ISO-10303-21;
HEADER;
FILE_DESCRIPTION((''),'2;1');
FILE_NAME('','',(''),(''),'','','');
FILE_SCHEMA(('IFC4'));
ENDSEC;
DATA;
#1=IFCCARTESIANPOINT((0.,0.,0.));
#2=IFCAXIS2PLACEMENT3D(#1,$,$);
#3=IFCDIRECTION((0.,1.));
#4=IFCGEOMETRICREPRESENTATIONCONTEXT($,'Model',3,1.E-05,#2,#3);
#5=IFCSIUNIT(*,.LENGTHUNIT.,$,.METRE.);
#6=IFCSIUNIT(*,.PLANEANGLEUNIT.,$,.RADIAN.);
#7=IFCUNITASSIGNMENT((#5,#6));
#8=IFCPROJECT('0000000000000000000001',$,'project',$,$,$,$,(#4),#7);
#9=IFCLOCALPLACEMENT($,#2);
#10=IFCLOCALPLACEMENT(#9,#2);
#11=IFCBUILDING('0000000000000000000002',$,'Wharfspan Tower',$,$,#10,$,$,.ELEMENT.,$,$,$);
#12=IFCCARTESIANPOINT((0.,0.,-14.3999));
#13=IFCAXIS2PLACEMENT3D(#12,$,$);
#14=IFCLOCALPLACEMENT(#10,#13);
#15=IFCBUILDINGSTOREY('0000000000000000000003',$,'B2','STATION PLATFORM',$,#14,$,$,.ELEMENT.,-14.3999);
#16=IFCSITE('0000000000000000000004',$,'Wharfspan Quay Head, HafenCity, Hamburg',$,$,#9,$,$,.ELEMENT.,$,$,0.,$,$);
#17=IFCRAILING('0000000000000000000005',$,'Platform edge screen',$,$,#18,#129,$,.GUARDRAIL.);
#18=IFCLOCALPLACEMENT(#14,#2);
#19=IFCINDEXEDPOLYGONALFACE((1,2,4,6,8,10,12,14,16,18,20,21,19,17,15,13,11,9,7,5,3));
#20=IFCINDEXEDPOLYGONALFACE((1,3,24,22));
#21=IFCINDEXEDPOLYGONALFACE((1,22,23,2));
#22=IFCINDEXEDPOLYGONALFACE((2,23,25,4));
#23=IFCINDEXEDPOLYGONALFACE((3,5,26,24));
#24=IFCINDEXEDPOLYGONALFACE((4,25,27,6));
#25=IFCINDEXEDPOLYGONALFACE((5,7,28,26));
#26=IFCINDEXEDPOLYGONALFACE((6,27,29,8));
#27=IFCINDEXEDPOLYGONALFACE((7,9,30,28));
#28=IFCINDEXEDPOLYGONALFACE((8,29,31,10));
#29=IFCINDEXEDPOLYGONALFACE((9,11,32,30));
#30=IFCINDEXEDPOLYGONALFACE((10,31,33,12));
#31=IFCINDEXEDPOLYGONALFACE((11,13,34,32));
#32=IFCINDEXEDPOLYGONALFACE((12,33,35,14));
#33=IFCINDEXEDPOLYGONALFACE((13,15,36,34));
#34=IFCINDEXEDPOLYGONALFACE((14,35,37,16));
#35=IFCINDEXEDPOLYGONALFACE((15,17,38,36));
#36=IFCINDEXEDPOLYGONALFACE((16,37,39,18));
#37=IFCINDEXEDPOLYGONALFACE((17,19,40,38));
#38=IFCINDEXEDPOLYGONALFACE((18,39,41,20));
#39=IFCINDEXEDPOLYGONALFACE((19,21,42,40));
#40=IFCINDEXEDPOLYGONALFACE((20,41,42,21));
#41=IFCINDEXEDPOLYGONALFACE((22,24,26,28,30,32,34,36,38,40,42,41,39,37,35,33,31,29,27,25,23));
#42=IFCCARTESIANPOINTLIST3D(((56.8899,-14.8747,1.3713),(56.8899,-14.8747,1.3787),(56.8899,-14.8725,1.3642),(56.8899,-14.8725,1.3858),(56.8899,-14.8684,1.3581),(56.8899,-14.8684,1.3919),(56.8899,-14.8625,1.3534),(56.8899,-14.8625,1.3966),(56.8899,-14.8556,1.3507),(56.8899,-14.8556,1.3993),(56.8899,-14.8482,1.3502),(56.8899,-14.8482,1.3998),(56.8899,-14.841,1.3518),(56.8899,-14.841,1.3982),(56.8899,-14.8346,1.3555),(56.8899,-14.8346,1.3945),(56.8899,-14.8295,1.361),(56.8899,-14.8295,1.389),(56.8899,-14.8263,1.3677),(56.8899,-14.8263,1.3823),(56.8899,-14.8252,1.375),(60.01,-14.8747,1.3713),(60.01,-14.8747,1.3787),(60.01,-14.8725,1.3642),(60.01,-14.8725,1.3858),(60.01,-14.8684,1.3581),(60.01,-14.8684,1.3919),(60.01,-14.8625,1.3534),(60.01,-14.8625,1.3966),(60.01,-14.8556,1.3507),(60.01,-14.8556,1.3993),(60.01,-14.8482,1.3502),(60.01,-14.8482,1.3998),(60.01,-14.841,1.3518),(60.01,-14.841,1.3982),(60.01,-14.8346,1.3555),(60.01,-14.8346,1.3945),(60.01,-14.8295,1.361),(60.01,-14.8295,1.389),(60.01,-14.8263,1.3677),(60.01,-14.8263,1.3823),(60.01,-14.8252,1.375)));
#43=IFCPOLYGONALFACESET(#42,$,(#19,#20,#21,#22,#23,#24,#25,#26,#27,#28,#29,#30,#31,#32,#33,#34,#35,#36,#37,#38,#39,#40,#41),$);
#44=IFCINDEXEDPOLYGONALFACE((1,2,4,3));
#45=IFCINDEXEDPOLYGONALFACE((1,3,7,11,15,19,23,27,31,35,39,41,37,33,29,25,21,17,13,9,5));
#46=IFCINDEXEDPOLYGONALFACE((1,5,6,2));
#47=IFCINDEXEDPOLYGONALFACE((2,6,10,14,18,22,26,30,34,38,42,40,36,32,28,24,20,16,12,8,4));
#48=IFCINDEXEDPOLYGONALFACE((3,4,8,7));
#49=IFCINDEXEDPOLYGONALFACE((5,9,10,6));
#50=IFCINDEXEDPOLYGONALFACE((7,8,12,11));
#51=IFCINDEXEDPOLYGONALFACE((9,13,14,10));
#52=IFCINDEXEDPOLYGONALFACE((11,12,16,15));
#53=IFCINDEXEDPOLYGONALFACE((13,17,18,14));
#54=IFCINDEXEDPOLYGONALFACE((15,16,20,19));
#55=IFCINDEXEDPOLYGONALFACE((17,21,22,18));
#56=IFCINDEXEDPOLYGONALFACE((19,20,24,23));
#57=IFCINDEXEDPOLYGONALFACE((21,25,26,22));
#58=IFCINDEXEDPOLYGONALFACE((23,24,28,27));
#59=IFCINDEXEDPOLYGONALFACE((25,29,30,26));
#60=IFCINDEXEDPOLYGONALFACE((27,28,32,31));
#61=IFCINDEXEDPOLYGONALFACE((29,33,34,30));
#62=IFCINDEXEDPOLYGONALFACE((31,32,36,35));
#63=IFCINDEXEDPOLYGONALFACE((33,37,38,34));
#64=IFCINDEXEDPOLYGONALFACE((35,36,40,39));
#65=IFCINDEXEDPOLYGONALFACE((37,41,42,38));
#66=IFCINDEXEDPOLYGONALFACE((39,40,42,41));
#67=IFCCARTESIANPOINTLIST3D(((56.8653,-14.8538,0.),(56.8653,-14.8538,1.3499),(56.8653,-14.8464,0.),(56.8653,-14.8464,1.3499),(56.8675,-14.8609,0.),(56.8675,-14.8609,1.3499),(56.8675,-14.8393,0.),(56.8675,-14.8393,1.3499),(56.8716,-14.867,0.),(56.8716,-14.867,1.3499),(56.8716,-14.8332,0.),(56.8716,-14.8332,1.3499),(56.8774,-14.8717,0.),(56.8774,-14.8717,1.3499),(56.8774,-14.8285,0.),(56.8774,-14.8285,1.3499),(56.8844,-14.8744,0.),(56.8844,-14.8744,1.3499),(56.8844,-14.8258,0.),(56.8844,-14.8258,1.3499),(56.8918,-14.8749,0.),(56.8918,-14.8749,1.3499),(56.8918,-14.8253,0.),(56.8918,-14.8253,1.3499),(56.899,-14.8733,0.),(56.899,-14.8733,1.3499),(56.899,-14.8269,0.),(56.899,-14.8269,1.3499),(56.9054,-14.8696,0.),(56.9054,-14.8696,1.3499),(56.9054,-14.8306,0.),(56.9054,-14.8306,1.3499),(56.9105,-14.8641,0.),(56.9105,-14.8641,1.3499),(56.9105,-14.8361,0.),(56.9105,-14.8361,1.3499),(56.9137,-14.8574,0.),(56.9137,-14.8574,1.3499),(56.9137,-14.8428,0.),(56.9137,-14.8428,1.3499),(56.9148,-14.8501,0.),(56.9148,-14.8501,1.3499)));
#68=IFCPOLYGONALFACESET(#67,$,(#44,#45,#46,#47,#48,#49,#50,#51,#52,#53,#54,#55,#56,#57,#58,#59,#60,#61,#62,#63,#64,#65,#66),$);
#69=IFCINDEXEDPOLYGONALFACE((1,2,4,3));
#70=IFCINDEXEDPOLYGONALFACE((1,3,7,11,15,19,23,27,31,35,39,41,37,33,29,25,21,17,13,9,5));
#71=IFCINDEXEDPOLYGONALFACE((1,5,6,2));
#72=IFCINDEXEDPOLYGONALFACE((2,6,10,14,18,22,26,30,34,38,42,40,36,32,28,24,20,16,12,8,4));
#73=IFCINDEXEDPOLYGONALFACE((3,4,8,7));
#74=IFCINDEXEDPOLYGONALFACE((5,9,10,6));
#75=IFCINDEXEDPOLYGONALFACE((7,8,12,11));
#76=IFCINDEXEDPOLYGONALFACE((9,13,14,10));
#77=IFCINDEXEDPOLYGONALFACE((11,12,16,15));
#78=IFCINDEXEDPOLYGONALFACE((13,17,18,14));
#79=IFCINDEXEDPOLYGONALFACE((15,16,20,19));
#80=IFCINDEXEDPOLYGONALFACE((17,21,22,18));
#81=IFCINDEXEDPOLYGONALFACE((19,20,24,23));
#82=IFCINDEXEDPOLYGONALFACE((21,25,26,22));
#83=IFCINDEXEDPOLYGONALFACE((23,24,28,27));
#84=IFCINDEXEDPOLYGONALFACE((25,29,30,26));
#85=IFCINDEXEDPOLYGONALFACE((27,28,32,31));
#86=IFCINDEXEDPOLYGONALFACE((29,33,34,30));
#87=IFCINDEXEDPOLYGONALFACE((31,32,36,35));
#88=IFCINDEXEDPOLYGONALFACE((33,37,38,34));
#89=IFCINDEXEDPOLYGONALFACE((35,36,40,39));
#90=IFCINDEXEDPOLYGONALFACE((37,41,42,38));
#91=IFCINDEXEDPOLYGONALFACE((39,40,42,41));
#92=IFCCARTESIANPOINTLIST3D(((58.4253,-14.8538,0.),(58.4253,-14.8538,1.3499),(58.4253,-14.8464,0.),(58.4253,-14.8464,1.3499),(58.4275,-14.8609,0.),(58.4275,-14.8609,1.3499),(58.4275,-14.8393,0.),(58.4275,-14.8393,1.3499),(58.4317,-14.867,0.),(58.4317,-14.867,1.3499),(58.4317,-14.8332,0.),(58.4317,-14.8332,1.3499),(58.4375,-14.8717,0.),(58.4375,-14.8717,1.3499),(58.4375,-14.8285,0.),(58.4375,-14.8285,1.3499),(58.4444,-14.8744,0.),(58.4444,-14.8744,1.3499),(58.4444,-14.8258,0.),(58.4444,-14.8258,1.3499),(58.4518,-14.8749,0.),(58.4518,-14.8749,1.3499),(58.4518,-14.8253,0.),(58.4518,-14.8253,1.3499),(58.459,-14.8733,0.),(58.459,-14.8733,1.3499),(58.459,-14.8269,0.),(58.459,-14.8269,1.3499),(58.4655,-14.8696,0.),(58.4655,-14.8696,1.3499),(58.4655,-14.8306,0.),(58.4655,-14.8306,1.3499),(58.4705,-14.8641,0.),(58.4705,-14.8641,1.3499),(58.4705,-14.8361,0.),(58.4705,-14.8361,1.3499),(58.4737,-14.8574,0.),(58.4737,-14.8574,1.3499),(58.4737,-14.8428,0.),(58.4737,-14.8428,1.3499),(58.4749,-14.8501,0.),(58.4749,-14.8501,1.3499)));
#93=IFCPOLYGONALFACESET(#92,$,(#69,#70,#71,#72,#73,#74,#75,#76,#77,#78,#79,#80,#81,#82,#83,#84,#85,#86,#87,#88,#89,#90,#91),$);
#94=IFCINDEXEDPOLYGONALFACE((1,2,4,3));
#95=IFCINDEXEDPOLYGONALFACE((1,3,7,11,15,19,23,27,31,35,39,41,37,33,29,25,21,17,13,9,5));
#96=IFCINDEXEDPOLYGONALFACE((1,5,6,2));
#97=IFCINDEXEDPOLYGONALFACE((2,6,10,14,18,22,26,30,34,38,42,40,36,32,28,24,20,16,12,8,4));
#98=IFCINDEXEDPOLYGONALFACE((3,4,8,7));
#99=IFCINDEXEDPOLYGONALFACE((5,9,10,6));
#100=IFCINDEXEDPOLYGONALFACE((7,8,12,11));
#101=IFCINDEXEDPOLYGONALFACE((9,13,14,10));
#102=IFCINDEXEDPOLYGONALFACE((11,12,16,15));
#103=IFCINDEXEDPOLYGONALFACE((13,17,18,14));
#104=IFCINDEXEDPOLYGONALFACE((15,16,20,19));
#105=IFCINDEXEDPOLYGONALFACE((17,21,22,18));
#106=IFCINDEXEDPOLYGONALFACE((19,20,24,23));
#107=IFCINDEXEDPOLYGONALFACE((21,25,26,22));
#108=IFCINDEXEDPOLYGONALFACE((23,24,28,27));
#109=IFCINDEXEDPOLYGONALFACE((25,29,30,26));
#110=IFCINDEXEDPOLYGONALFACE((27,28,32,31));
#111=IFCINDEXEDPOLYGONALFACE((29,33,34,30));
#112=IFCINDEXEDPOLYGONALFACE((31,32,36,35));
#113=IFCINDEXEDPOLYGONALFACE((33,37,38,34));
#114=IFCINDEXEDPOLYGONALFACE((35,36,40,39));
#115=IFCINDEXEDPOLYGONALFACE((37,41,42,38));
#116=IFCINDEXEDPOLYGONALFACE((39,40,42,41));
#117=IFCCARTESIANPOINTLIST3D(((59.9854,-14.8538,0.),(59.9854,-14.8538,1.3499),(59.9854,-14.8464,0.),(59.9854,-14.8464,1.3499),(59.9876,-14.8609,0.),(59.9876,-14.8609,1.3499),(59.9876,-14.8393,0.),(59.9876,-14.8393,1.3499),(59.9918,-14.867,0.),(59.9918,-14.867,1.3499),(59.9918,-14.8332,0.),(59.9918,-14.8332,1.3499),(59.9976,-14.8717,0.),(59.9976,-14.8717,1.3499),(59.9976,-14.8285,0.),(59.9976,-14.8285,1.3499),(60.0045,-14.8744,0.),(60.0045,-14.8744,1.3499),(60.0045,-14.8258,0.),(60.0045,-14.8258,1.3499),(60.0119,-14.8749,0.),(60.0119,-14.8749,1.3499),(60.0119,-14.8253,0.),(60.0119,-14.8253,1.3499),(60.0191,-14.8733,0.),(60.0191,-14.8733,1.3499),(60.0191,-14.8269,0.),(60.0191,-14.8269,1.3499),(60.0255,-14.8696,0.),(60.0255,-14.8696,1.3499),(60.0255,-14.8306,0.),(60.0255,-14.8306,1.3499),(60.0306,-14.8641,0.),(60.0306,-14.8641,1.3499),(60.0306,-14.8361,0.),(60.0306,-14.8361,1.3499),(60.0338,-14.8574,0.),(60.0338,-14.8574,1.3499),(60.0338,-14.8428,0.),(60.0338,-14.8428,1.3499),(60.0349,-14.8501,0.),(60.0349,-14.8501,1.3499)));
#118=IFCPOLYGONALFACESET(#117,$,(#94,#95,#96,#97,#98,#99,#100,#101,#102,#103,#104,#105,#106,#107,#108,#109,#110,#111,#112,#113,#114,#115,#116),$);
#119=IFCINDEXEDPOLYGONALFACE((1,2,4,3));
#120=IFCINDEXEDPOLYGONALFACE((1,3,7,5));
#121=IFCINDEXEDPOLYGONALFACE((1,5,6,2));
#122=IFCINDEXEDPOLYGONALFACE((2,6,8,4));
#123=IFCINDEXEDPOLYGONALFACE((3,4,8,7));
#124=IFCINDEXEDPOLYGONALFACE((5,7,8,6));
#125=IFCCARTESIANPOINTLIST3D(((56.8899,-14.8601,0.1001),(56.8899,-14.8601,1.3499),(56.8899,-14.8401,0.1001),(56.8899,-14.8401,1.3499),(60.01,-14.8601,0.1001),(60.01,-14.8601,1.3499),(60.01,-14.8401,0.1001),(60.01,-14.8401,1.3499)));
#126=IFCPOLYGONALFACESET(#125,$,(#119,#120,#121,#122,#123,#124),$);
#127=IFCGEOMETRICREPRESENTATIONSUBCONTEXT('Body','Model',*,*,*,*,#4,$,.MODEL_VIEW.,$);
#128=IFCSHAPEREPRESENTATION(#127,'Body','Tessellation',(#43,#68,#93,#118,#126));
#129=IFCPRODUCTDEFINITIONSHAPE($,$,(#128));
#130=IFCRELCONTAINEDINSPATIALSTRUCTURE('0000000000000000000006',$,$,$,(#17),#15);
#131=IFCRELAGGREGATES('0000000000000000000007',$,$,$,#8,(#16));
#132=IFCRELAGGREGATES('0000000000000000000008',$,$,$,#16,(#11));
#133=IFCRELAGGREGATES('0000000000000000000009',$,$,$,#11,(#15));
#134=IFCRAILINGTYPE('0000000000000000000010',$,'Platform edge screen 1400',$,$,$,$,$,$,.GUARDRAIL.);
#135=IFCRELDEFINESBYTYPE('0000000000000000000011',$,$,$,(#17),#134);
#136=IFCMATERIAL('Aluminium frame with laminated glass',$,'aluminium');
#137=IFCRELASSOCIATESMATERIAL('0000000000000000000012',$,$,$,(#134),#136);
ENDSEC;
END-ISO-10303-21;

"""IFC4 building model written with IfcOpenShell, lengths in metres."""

from ifc_helpers import new_model, si_unit, direction, frame, origin, origin_2d, place, context, subcontext, project, spatial, rectangle, circle, extrude, material, type_object, element, save


model = new_model("IFC4")

# Units and contexts
model_context = context("Model", 3, precision=1e-05, world=origin(), true_north=direction((0.0, 1.0)))
body_context = subcontext(model_context, "Body", "Model", "MODEL_VIEW")
ifc_project = project(units=[si_unit("LENGTHUNIT", "METRE"), si_unit("PLANEANGLEUNIT", "RADIAN")], contexts=[model_context])

# Site, building, storey
site_placement = place(None, origin())
site = spatial("IfcSite", under=ifc_project, at=site_placement, Name="Wharfspan Quay Head, HafenCity, Hamburg", CompositionType="ELEMENT", RefElevation=0.0)
building_placement = place(site_placement, origin())
building = spatial("IfcBuilding", under=site, at=building_placement, Name="Wharfspan Tower", CompositionType="ELEMENT")
storey_placement = place(building_placement, frame((0.0, 0.0, -14.3999)))
storey = spatial("IfcBuildingStorey", under=building, at=storey_placement, Name="B2", Description="STATION PLATFORM", CompositionType="ELEMENT", Elevation=-14.3999)

# Railing
ifc_material_1 = material(Name="Aluminium frame with laminated glass", Category="aluminium")
railing_type_1 = type_object("IfcRailingType", Name="Platform edge screen 1400", PredefinedType="GUARDRAIL", material=ifc_material_1)
for number, where, name in (
    (1, (56.8899, -14.8501, 0.0), "Platform edge screen"),
):
    element("IfcRailing", number, at=place(storey_placement, frame(where)), inside=storey, type_object=railing_type_1, Name=name, PredefinedType="GUARDRAIL", context=body_context, shape_type="SweptSolid", body=[
        extrude(circle(Radius=0.0249, at=origin_2d()), frame((0.0, 0.0, 1.375), z_axis=(1.0, 0.0, 0.0), x_axis=(0.0, 1.0, 0.0)), (0.0, 0.0, 1.0), 3.1201),
        extrude(circle(Radius=0.0249, at=origin_2d()), origin(), (0.0, 0.0, 1.0), 1.3499),
        extrude(circle(Radius=0.0249, at=origin_2d()), frame((1.5601, 0.0, 0.0)), (0.0, 0.0, 1.0), 1.3499),
        extrude(circle(Radius=0.0249, at=origin_2d()), frame((3.1201, 0.0, 0.0)), (0.0, 0.0, 1.0), 1.3499),
        extrude(rectangle(XDim=3.1201, YDim=0.02, at=origin_2d()), frame((1.5601, 0.0, 0.1001), z_axis=(0.0, 0.0, 1.0), x_axis=(1.0, 0.0, 0.0)), (0.0, 0.0, 1.0), 1.2498),
    ])

save(model, "model.ifc")
